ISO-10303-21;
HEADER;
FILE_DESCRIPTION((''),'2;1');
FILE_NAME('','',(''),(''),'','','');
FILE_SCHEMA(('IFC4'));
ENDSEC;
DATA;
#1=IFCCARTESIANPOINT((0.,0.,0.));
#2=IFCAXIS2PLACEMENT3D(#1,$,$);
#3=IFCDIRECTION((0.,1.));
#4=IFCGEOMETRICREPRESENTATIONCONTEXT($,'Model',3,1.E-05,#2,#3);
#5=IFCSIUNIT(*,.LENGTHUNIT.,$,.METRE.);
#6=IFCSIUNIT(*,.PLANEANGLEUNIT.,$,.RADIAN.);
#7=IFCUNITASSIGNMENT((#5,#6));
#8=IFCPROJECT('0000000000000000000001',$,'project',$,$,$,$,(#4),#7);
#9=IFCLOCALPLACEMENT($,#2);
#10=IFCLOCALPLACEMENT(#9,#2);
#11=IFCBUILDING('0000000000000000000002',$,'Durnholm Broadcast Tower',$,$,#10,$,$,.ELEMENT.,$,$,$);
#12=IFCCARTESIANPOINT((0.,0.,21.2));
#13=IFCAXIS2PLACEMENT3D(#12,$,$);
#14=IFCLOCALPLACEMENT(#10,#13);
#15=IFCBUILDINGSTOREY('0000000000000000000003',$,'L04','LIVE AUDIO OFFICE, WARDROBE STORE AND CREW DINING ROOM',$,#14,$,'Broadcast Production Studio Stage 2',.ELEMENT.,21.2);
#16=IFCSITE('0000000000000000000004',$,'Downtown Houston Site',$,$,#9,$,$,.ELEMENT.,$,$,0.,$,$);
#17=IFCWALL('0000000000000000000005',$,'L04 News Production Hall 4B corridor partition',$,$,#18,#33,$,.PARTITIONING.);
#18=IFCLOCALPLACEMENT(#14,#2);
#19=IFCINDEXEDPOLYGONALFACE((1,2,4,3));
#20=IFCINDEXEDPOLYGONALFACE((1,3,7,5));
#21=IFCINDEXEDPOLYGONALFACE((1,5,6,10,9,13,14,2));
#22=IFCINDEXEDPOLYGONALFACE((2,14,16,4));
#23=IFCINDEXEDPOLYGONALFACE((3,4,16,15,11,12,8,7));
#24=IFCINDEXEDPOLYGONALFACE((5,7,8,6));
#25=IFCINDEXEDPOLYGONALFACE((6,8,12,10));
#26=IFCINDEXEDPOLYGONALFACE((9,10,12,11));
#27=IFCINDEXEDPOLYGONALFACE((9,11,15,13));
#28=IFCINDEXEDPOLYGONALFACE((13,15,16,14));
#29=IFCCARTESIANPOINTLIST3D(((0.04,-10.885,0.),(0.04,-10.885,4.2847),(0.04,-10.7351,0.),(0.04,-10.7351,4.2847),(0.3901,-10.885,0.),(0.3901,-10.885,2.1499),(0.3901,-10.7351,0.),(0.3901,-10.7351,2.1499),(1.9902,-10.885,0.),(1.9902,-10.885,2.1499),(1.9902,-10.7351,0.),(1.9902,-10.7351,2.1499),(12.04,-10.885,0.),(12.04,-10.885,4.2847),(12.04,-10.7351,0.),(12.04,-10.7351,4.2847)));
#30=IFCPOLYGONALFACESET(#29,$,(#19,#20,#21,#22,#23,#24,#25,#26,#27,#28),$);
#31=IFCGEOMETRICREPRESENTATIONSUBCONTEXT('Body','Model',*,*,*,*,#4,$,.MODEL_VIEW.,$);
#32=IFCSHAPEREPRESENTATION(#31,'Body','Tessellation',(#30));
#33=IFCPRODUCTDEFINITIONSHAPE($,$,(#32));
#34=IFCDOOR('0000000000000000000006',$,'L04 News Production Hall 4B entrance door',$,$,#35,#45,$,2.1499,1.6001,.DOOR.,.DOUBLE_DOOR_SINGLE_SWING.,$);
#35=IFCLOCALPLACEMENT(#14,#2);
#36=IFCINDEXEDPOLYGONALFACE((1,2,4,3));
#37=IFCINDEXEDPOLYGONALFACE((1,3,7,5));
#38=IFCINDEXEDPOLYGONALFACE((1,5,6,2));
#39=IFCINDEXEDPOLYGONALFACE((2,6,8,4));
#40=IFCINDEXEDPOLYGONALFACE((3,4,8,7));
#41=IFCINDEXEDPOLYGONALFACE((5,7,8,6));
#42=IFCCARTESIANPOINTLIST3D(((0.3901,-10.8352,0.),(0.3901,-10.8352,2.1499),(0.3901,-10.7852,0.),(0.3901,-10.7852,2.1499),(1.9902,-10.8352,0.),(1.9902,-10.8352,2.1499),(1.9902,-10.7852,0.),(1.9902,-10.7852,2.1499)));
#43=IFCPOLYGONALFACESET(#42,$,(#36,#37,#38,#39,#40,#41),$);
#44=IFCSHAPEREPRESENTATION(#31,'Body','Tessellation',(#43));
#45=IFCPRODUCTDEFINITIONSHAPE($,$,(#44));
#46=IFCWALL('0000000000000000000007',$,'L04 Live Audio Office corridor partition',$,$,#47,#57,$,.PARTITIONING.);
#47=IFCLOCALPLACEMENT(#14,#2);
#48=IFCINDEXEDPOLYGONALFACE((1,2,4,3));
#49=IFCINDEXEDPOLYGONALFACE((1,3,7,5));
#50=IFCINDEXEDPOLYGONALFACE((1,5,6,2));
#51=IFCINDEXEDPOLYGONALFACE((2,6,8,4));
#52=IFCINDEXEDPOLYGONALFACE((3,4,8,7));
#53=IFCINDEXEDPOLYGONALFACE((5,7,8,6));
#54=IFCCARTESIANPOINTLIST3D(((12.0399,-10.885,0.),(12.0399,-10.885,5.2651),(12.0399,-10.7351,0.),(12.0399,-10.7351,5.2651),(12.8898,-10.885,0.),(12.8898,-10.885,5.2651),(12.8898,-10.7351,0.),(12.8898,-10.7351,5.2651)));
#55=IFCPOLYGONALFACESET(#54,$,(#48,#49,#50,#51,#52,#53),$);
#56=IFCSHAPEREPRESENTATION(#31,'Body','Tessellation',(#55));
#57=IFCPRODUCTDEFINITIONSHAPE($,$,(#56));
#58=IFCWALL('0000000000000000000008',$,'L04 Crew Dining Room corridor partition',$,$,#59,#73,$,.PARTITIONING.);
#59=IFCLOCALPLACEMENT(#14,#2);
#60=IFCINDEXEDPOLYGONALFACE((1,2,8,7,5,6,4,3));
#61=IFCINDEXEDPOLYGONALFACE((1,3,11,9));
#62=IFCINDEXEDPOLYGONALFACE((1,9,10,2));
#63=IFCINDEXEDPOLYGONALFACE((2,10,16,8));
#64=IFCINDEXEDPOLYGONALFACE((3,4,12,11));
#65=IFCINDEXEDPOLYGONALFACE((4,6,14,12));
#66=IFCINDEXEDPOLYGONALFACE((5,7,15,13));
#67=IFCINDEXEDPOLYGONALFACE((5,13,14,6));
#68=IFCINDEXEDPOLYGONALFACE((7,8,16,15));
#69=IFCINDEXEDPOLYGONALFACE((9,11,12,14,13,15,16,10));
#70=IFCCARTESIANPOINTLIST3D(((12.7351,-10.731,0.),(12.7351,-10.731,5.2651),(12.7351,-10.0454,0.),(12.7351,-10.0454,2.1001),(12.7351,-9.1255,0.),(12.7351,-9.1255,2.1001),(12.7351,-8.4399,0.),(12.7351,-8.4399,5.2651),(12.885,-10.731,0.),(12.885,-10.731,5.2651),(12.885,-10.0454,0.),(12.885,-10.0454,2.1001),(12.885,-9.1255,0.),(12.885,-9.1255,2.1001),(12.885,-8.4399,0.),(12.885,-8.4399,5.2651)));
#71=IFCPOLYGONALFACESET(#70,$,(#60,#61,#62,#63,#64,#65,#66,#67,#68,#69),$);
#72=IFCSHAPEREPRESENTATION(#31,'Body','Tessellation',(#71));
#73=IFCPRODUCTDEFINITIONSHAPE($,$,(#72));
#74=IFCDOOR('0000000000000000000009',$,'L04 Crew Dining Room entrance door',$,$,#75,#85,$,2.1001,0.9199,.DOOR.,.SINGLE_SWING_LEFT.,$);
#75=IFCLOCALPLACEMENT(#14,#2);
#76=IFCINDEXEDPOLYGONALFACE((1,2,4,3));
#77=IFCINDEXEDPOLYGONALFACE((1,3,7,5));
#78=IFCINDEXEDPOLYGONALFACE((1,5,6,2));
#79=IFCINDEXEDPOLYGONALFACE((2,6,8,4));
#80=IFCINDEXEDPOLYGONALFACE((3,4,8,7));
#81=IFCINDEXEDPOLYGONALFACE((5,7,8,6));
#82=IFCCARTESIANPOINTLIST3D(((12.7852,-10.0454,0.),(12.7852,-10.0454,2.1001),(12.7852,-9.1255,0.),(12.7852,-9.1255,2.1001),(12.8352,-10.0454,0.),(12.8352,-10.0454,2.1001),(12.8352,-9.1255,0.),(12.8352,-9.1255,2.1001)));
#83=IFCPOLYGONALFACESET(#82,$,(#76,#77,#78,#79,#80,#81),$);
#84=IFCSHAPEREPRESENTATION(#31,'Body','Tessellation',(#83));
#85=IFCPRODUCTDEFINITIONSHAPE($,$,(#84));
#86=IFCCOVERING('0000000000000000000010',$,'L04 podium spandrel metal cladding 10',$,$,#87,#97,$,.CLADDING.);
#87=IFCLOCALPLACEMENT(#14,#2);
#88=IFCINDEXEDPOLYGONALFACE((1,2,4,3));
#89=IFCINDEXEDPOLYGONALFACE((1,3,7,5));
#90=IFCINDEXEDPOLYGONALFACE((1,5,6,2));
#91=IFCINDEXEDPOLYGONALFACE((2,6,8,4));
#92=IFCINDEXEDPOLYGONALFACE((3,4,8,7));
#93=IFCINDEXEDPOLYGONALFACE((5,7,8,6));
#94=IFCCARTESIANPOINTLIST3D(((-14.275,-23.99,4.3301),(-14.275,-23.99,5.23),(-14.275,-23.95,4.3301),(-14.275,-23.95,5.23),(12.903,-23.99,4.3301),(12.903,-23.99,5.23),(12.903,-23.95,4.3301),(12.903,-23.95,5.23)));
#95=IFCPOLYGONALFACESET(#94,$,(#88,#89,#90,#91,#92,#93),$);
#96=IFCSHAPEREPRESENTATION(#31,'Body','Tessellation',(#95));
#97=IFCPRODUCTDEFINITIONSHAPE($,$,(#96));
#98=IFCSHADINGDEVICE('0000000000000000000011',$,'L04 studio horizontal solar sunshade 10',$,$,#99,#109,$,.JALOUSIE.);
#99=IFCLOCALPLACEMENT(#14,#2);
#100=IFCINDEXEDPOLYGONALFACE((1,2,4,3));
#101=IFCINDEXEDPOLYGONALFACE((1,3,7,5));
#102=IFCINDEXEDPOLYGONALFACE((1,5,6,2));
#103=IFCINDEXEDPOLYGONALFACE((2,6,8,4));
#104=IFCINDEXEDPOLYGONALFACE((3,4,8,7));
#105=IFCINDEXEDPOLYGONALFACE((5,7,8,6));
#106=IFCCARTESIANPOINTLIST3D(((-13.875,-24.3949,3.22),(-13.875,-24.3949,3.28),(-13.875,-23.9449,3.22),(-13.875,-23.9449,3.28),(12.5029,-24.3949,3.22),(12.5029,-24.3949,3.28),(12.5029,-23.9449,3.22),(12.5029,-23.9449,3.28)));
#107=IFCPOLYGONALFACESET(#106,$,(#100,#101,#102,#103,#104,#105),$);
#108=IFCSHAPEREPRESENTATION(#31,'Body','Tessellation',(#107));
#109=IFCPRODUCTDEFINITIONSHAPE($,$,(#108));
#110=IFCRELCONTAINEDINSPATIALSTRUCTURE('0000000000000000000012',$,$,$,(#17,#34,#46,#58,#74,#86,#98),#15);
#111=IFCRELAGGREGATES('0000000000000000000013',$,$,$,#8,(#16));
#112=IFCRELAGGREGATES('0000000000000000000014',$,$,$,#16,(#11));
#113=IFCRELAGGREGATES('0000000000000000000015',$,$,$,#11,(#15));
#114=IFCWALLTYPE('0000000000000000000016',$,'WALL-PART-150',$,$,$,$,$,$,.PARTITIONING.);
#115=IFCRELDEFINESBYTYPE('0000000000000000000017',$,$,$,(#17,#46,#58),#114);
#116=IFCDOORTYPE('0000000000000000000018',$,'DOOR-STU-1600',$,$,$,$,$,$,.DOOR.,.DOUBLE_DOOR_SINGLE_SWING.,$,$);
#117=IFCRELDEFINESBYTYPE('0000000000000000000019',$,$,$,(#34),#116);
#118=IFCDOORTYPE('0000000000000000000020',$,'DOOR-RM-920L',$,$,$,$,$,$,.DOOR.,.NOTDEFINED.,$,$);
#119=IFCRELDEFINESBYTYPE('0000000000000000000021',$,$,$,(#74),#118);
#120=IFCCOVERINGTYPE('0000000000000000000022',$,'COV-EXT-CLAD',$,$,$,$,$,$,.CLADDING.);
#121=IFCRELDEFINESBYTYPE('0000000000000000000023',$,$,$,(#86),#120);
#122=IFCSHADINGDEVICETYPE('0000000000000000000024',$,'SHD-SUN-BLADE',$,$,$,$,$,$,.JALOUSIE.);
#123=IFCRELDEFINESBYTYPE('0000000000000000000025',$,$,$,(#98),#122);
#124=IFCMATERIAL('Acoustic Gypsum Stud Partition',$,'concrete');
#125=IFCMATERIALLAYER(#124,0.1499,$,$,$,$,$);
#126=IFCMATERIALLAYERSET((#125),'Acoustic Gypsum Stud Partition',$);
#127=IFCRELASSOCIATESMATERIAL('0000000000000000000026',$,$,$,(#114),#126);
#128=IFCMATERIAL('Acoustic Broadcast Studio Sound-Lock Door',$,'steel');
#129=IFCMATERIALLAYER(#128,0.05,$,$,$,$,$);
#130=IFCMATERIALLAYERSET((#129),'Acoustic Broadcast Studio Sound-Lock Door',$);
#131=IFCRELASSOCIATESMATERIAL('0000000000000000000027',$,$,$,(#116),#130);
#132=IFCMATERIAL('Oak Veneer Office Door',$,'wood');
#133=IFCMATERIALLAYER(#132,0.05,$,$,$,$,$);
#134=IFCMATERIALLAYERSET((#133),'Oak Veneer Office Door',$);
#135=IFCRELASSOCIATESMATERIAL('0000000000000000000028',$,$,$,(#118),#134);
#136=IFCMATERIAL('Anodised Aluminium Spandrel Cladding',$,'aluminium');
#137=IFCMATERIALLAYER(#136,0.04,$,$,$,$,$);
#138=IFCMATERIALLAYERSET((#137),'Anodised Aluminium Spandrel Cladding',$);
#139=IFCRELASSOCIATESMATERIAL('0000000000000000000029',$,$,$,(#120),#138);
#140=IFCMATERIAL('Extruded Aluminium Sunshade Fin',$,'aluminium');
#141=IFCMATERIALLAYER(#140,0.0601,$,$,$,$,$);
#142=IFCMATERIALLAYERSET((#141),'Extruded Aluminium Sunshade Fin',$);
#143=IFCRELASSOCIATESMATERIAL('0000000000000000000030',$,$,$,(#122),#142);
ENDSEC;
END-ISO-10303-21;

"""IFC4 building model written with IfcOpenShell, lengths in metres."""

from ifc_helpers import new_model, si_unit, direction, frame, frame_2d, origin, origin_2d, place, context, subcontext, project, spatial, rectangle, extrude, source, transform, mapped, material, layer, layer_set, type_object, type_shapes, element, fill, save


model = new_model("IFC4")

# Units and contexts
model_context = context("Model", 3, precision=1e-05, world=origin(), true_north=direction((0.0, 1.0)))
body_context = subcontext(model_context, "Body", "Model", "MODEL_VIEW")
ifc_project = project(units=[si_unit("LENGTHUNIT", "METRE"), si_unit("PLANEANGLEUNIT", "RADIAN")], contexts=[model_context])

# Site, building, storey
site_placement = place(None, origin())
site = spatial("IfcSite", under=ifc_project, at=site_placement, Name="Downtown Houston Site", CompositionType="ELEMENT", RefElevation=0.0)
building_placement = place(site_placement, origin())
building = spatial("IfcBuilding", under=site, at=building_placement, Name="Durnholm Broadcast Tower", CompositionType="ELEMENT")
storey_placement = place(building_placement, frame((0.0, 0.0, 21.2)))
storey = spatial("IfcBuildingStorey", under=building, at=storey_placement, Name="L04", Description="LIVE AUDIO OFFICE, WARDROBE STORE AND CREW DINING ROOM", LongName="Broadcast Production Studio Stage 2", CompositionType="ELEMENT", Elevation=21.2)

# Wall, opening, door
ifc_material_1 = material(Name="Acoustic Gypsum Stud Partition", Category="concrete")
ifc_layer_1 = layer(ifc_material_1, 0.1499)
ifc_layer_set_1 = layer_set([ifc_layer_1], Name="Acoustic Gypsum Stud Partition")
wall_type_1 = type_object("IfcWallType", Name="WALL-PART-150", PredefinedType="PARTITIONING", material=ifc_layer_set_1)
wall_1_placement = place(storey_placement, frame((0.04, -10.8101, 0.0), z_axis=(0.0, 0.0, 1.0), x_axis=(1.0, 0.0, 0.0)))
wall_1 = element("IfcWall", 1, at=wall_1_placement, inside=storey, type_object=wall_type_1, Name="L04 News Production Hall 4B corridor partition", PredefinedType="PARTITIONING", context=body_context, shape_type="SweptSolid", body=[
    extrude(rectangle(XDim=12.0, YDim=0.1499, at=frame_2d((6.0, 0.0))), origin(), (0.0, 0.0, 1.0), 4.2847),
])
opening_1_placement = place(wall_1_placement, frame((0.3501, 0.0, 0.0)))
opening_1 = element("IfcOpeningElement", 2, at=opening_1_placement, cuts=wall_1, PredefinedType="OPENING", context=body_context, shape_type="SweptSolid", body=[
    extrude(rectangle(XDim=1.6001, YDim=2.1499, at=frame_2d((0.8, 1.075))), frame((0.0, 0.085, 0.0), z_axis=(0.0, -1.0, 0.0), x_axis=(1.0, 0.0, 0.0)), (0.0, 0.0, 1.0), 0.1699),
])
ifc_material_2 = material(Name="Acoustic Broadcast Studio Sound-Lock Door", Category="steel")
ifc_layer_2 = layer(ifc_material_2, 0.05)
ifc_layer_set_2 = layer_set([ifc_layer_2], Name="Acoustic Broadcast Studio Sound-Lock Door")
door_type_1 = type_object("IfcDoorType", Name="DOOR-STU-1600", OperationType="DOUBLE_DOOR_SINGLE_SWING", PredefinedType="DOOR", material=ifc_layer_set_2)
shared_shape_1 = source(origin(), body_context, "Body", "SweptSolid", [
    extrude(rectangle(XDim=1.6001, YDim=2.1499, at=frame_2d((0.8, 1.075))), frame((0.0, 0.0249, 0.0), z_axis=(0.0, -1.0, 0.0), x_axis=(1.0, 0.0, 0.0)), (0.0, 0.0, 1.0), 0.05),
])
type_shapes(door_type_1, [shared_shape_1])
door_1_placement = place(opening_1_placement, origin())
door_1 = element("IfcDoor", 3, at=door_1_placement, inside=storey, type_object=door_type_1, Name="L04 News Production Hall 4B entrance door", OperationType="DOUBLE_DOOR_SINGLE_SWING", OverallHeight=2.1499, OverallWidth=1.6001, PredefinedType="DOOR", context=body_context, shape_type="MappedRepresentation", body=[
    mapped(shared_shape_1, transform((0.0, 0.0, 0.0), x_axis=(1.0, 0.0, 0.0), y_axis=(0.0, 1.0, 0.0), z_axis=(0.0, 0.0, 1.0), scale=1.0)),
])
fill(opening_1, door_1)

# Wall
wall_2_placement = place(storey_placement, frame((12.04, -10.8101, 0.0), z_axis=(0.0, 0.0, 1.0), x_axis=(1.0, 0.0, 0.0)))
element("IfcWall", 4, at=wall_2_placement, inside=storey, type_object=wall_type_1, Name="L04 Live Audio Office corridor partition", PredefinedType="PARTITIONING", context=body_context, shape_type="SweptSolid", body=[
    extrude(rectangle(XDim=0.8499, YDim=0.1499, at=frame_2d((0.4248, 0.0))), origin(), (0.0, 0.0, 1.0), 5.2651),
])

# Wall, opening, door
wall_3_placement = place(storey_placement, frame((12.8101, -10.731, 0.0), z_axis=(0.0, 0.0, 1.0), x_axis=(0.0, 1.0, 0.0)))
wall_3 = element("IfcWall", 5, at=wall_3_placement, inside=storey, type_object=wall_type_1, Name="L04 Crew Dining Room corridor partition", PredefinedType="PARTITIONING", context=body_context, shape_type="SweptSolid", body=[
    extrude(rectangle(XDim=2.291, YDim=0.1499, at=frame_2d((1.1455, 0.0))), origin(), (0.0, 0.0, 1.0), 5.2651),
])
opening_2_placement = place(wall_3_placement, frame((0.6855, 0.0, 0.0)))
opening_2 = element("IfcOpeningElement", 6, at=opening_2_placement, cuts=wall_3, PredefinedType="OPENING", context=body_context, shape_type="SweptSolid", body=[
    extrude(rectangle(XDim=0.9199, YDim=2.1001, at=frame_2d((0.46, 1.05))), frame((0.0, 0.085, 0.0), z_axis=(0.0, -1.0, 0.0), x_axis=(1.0, 0.0, 0.0)), (0.0, 0.0, 1.0), 0.1699),
])
ifc_material_3 = material(Name="Oak Veneer Office Door", Category="wood")
ifc_layer_3 = layer(ifc_material_3, 0.05)
ifc_layer_set_3 = layer_set([ifc_layer_3], Name="Oak Veneer Office Door")
door_type_2 = type_object("IfcDoorType", Name="DOOR-RM-920L", OperationType="NOTDEFINED", PredefinedType="DOOR", material=ifc_layer_set_3)
shared_shape_2 = source(origin(), body_context, "Body", "SweptSolid", [
    extrude(rectangle(XDim=0.9199, YDim=2.1001, at=frame_2d((0.46, 1.05))), frame((0.0, 0.0249, 0.0), z_axis=(0.0, -1.0, 0.0), x_axis=(1.0, 0.0, 0.0)), (0.0, 0.0, 1.0), 0.05),
])
type_shapes(door_type_2, [shared_shape_2])
door_2_placement = place(opening_2_placement, origin())
door_2 = element("IfcDoor", 7, at=door_2_placement, inside=storey, type_object=door_type_2, Name="L04 Crew Dining Room entrance door", OperationType="SINGLE_SWING_LEFT", OverallHeight=2.1001, OverallWidth=0.9199, PredefinedType="DOOR", context=body_context, shape_type="MappedRepresentation", body=[
    mapped(shared_shape_2, transform((0.0, 0.0, 0.0), x_axis=(1.0, 0.0, 0.0), y_axis=(0.0, 1.0, 0.0), z_axis=(0.0, 0.0, 1.0), scale=1.0)),
])
fill(opening_2, door_2)

# Covering
ifc_material_4 = material(Name="Anodised Aluminium Spandrel Cladding", Category="aluminium")
ifc_layer_4 = layer(ifc_material_4, 0.04)
ifc_layer_set_4 = layer_set([ifc_layer_4], Name="Anodised Aluminium Spandrel Cladding")
covering_type = type_object("IfcCoveringType", Name="COV-EXT-CLAD", PredefinedType="CLADDING", material=ifc_layer_set_4)
shared_shape_3 = source(origin(), body_context, "Body", "SweptSolid", [
    extrude(rectangle(XDim=27.178, YDim=0.04, at=origin_2d()), origin(), (0.0, 0.0, 1.0), 0.8999),
])
type_shapes(covering_type, [shared_shape_3])
covering_placement = place(storey_placement, frame((-0.686, -23.97, 4.3301), z_axis=(0.0, 0.0, 1.0), x_axis=(-1.0, 0.0, 0.0)))
element("IfcCovering", 8, at=covering_placement, inside=storey, type_object=covering_type, Name="L04 podium spandrel metal cladding 10", PredefinedType="CLADDING", context=body_context, shape_type="MappedRepresentation", body=[
    mapped(shared_shape_3, transform((0.0, 0.0, 0.0), x_axis=(1.0, 0.0, 0.0), y_axis=(0.0, 1.0, 0.0), z_axis=(0.0, 0.0, 1.0), scale=1.0)),
])

# Shading device
ifc_material_5 = material(Name="Extruded Aluminium Sunshade Fin", Category="aluminium")
ifc_layer_5 = layer(ifc_material_5, 0.0601)
ifc_layer_set_5 = layer_set([ifc_layer_5], Name="Extruded Aluminium Sunshade Fin")
shading_device_type = type_object("IfcShadingDeviceType", Name="SHD-SUN-BLADE", PredefinedType="JALOUSIE", material=ifc_layer_set_5)
shared_shape_4 = source(origin(), body_context, "Body", "SweptSolid", [
    extrude(rectangle(XDim=26.3779, YDim=0.45, at=origin_2d()), origin(), (0.0, 0.0, 1.0), 0.0601),
])
type_shapes(shading_device_type, [shared_shape_4])
shading_device_placement = place(storey_placement, frame((-0.686, -24.1699, 3.22), z_axis=(0.0, 0.0, 1.0), x_axis=(-1.0, 0.0, 0.0)))
element("IfcShadingDevice", 9, at=shading_device_placement, inside=storey, type_object=shading_device_type, Name="L04 studio horizontal solar sunshade 10", PredefinedType="JALOUSIE", context=body_context, shape_type="MappedRepresentation", body=[
    mapped(shared_shape_4, transform((0.0, 0.0, 0.0), x_axis=(1.0, 0.0, 0.0), y_axis=(0.0, 1.0, 0.0), z_axis=(0.0, 0.0, 1.0), scale=1.0)),
])

save(model, "model.ifc")
